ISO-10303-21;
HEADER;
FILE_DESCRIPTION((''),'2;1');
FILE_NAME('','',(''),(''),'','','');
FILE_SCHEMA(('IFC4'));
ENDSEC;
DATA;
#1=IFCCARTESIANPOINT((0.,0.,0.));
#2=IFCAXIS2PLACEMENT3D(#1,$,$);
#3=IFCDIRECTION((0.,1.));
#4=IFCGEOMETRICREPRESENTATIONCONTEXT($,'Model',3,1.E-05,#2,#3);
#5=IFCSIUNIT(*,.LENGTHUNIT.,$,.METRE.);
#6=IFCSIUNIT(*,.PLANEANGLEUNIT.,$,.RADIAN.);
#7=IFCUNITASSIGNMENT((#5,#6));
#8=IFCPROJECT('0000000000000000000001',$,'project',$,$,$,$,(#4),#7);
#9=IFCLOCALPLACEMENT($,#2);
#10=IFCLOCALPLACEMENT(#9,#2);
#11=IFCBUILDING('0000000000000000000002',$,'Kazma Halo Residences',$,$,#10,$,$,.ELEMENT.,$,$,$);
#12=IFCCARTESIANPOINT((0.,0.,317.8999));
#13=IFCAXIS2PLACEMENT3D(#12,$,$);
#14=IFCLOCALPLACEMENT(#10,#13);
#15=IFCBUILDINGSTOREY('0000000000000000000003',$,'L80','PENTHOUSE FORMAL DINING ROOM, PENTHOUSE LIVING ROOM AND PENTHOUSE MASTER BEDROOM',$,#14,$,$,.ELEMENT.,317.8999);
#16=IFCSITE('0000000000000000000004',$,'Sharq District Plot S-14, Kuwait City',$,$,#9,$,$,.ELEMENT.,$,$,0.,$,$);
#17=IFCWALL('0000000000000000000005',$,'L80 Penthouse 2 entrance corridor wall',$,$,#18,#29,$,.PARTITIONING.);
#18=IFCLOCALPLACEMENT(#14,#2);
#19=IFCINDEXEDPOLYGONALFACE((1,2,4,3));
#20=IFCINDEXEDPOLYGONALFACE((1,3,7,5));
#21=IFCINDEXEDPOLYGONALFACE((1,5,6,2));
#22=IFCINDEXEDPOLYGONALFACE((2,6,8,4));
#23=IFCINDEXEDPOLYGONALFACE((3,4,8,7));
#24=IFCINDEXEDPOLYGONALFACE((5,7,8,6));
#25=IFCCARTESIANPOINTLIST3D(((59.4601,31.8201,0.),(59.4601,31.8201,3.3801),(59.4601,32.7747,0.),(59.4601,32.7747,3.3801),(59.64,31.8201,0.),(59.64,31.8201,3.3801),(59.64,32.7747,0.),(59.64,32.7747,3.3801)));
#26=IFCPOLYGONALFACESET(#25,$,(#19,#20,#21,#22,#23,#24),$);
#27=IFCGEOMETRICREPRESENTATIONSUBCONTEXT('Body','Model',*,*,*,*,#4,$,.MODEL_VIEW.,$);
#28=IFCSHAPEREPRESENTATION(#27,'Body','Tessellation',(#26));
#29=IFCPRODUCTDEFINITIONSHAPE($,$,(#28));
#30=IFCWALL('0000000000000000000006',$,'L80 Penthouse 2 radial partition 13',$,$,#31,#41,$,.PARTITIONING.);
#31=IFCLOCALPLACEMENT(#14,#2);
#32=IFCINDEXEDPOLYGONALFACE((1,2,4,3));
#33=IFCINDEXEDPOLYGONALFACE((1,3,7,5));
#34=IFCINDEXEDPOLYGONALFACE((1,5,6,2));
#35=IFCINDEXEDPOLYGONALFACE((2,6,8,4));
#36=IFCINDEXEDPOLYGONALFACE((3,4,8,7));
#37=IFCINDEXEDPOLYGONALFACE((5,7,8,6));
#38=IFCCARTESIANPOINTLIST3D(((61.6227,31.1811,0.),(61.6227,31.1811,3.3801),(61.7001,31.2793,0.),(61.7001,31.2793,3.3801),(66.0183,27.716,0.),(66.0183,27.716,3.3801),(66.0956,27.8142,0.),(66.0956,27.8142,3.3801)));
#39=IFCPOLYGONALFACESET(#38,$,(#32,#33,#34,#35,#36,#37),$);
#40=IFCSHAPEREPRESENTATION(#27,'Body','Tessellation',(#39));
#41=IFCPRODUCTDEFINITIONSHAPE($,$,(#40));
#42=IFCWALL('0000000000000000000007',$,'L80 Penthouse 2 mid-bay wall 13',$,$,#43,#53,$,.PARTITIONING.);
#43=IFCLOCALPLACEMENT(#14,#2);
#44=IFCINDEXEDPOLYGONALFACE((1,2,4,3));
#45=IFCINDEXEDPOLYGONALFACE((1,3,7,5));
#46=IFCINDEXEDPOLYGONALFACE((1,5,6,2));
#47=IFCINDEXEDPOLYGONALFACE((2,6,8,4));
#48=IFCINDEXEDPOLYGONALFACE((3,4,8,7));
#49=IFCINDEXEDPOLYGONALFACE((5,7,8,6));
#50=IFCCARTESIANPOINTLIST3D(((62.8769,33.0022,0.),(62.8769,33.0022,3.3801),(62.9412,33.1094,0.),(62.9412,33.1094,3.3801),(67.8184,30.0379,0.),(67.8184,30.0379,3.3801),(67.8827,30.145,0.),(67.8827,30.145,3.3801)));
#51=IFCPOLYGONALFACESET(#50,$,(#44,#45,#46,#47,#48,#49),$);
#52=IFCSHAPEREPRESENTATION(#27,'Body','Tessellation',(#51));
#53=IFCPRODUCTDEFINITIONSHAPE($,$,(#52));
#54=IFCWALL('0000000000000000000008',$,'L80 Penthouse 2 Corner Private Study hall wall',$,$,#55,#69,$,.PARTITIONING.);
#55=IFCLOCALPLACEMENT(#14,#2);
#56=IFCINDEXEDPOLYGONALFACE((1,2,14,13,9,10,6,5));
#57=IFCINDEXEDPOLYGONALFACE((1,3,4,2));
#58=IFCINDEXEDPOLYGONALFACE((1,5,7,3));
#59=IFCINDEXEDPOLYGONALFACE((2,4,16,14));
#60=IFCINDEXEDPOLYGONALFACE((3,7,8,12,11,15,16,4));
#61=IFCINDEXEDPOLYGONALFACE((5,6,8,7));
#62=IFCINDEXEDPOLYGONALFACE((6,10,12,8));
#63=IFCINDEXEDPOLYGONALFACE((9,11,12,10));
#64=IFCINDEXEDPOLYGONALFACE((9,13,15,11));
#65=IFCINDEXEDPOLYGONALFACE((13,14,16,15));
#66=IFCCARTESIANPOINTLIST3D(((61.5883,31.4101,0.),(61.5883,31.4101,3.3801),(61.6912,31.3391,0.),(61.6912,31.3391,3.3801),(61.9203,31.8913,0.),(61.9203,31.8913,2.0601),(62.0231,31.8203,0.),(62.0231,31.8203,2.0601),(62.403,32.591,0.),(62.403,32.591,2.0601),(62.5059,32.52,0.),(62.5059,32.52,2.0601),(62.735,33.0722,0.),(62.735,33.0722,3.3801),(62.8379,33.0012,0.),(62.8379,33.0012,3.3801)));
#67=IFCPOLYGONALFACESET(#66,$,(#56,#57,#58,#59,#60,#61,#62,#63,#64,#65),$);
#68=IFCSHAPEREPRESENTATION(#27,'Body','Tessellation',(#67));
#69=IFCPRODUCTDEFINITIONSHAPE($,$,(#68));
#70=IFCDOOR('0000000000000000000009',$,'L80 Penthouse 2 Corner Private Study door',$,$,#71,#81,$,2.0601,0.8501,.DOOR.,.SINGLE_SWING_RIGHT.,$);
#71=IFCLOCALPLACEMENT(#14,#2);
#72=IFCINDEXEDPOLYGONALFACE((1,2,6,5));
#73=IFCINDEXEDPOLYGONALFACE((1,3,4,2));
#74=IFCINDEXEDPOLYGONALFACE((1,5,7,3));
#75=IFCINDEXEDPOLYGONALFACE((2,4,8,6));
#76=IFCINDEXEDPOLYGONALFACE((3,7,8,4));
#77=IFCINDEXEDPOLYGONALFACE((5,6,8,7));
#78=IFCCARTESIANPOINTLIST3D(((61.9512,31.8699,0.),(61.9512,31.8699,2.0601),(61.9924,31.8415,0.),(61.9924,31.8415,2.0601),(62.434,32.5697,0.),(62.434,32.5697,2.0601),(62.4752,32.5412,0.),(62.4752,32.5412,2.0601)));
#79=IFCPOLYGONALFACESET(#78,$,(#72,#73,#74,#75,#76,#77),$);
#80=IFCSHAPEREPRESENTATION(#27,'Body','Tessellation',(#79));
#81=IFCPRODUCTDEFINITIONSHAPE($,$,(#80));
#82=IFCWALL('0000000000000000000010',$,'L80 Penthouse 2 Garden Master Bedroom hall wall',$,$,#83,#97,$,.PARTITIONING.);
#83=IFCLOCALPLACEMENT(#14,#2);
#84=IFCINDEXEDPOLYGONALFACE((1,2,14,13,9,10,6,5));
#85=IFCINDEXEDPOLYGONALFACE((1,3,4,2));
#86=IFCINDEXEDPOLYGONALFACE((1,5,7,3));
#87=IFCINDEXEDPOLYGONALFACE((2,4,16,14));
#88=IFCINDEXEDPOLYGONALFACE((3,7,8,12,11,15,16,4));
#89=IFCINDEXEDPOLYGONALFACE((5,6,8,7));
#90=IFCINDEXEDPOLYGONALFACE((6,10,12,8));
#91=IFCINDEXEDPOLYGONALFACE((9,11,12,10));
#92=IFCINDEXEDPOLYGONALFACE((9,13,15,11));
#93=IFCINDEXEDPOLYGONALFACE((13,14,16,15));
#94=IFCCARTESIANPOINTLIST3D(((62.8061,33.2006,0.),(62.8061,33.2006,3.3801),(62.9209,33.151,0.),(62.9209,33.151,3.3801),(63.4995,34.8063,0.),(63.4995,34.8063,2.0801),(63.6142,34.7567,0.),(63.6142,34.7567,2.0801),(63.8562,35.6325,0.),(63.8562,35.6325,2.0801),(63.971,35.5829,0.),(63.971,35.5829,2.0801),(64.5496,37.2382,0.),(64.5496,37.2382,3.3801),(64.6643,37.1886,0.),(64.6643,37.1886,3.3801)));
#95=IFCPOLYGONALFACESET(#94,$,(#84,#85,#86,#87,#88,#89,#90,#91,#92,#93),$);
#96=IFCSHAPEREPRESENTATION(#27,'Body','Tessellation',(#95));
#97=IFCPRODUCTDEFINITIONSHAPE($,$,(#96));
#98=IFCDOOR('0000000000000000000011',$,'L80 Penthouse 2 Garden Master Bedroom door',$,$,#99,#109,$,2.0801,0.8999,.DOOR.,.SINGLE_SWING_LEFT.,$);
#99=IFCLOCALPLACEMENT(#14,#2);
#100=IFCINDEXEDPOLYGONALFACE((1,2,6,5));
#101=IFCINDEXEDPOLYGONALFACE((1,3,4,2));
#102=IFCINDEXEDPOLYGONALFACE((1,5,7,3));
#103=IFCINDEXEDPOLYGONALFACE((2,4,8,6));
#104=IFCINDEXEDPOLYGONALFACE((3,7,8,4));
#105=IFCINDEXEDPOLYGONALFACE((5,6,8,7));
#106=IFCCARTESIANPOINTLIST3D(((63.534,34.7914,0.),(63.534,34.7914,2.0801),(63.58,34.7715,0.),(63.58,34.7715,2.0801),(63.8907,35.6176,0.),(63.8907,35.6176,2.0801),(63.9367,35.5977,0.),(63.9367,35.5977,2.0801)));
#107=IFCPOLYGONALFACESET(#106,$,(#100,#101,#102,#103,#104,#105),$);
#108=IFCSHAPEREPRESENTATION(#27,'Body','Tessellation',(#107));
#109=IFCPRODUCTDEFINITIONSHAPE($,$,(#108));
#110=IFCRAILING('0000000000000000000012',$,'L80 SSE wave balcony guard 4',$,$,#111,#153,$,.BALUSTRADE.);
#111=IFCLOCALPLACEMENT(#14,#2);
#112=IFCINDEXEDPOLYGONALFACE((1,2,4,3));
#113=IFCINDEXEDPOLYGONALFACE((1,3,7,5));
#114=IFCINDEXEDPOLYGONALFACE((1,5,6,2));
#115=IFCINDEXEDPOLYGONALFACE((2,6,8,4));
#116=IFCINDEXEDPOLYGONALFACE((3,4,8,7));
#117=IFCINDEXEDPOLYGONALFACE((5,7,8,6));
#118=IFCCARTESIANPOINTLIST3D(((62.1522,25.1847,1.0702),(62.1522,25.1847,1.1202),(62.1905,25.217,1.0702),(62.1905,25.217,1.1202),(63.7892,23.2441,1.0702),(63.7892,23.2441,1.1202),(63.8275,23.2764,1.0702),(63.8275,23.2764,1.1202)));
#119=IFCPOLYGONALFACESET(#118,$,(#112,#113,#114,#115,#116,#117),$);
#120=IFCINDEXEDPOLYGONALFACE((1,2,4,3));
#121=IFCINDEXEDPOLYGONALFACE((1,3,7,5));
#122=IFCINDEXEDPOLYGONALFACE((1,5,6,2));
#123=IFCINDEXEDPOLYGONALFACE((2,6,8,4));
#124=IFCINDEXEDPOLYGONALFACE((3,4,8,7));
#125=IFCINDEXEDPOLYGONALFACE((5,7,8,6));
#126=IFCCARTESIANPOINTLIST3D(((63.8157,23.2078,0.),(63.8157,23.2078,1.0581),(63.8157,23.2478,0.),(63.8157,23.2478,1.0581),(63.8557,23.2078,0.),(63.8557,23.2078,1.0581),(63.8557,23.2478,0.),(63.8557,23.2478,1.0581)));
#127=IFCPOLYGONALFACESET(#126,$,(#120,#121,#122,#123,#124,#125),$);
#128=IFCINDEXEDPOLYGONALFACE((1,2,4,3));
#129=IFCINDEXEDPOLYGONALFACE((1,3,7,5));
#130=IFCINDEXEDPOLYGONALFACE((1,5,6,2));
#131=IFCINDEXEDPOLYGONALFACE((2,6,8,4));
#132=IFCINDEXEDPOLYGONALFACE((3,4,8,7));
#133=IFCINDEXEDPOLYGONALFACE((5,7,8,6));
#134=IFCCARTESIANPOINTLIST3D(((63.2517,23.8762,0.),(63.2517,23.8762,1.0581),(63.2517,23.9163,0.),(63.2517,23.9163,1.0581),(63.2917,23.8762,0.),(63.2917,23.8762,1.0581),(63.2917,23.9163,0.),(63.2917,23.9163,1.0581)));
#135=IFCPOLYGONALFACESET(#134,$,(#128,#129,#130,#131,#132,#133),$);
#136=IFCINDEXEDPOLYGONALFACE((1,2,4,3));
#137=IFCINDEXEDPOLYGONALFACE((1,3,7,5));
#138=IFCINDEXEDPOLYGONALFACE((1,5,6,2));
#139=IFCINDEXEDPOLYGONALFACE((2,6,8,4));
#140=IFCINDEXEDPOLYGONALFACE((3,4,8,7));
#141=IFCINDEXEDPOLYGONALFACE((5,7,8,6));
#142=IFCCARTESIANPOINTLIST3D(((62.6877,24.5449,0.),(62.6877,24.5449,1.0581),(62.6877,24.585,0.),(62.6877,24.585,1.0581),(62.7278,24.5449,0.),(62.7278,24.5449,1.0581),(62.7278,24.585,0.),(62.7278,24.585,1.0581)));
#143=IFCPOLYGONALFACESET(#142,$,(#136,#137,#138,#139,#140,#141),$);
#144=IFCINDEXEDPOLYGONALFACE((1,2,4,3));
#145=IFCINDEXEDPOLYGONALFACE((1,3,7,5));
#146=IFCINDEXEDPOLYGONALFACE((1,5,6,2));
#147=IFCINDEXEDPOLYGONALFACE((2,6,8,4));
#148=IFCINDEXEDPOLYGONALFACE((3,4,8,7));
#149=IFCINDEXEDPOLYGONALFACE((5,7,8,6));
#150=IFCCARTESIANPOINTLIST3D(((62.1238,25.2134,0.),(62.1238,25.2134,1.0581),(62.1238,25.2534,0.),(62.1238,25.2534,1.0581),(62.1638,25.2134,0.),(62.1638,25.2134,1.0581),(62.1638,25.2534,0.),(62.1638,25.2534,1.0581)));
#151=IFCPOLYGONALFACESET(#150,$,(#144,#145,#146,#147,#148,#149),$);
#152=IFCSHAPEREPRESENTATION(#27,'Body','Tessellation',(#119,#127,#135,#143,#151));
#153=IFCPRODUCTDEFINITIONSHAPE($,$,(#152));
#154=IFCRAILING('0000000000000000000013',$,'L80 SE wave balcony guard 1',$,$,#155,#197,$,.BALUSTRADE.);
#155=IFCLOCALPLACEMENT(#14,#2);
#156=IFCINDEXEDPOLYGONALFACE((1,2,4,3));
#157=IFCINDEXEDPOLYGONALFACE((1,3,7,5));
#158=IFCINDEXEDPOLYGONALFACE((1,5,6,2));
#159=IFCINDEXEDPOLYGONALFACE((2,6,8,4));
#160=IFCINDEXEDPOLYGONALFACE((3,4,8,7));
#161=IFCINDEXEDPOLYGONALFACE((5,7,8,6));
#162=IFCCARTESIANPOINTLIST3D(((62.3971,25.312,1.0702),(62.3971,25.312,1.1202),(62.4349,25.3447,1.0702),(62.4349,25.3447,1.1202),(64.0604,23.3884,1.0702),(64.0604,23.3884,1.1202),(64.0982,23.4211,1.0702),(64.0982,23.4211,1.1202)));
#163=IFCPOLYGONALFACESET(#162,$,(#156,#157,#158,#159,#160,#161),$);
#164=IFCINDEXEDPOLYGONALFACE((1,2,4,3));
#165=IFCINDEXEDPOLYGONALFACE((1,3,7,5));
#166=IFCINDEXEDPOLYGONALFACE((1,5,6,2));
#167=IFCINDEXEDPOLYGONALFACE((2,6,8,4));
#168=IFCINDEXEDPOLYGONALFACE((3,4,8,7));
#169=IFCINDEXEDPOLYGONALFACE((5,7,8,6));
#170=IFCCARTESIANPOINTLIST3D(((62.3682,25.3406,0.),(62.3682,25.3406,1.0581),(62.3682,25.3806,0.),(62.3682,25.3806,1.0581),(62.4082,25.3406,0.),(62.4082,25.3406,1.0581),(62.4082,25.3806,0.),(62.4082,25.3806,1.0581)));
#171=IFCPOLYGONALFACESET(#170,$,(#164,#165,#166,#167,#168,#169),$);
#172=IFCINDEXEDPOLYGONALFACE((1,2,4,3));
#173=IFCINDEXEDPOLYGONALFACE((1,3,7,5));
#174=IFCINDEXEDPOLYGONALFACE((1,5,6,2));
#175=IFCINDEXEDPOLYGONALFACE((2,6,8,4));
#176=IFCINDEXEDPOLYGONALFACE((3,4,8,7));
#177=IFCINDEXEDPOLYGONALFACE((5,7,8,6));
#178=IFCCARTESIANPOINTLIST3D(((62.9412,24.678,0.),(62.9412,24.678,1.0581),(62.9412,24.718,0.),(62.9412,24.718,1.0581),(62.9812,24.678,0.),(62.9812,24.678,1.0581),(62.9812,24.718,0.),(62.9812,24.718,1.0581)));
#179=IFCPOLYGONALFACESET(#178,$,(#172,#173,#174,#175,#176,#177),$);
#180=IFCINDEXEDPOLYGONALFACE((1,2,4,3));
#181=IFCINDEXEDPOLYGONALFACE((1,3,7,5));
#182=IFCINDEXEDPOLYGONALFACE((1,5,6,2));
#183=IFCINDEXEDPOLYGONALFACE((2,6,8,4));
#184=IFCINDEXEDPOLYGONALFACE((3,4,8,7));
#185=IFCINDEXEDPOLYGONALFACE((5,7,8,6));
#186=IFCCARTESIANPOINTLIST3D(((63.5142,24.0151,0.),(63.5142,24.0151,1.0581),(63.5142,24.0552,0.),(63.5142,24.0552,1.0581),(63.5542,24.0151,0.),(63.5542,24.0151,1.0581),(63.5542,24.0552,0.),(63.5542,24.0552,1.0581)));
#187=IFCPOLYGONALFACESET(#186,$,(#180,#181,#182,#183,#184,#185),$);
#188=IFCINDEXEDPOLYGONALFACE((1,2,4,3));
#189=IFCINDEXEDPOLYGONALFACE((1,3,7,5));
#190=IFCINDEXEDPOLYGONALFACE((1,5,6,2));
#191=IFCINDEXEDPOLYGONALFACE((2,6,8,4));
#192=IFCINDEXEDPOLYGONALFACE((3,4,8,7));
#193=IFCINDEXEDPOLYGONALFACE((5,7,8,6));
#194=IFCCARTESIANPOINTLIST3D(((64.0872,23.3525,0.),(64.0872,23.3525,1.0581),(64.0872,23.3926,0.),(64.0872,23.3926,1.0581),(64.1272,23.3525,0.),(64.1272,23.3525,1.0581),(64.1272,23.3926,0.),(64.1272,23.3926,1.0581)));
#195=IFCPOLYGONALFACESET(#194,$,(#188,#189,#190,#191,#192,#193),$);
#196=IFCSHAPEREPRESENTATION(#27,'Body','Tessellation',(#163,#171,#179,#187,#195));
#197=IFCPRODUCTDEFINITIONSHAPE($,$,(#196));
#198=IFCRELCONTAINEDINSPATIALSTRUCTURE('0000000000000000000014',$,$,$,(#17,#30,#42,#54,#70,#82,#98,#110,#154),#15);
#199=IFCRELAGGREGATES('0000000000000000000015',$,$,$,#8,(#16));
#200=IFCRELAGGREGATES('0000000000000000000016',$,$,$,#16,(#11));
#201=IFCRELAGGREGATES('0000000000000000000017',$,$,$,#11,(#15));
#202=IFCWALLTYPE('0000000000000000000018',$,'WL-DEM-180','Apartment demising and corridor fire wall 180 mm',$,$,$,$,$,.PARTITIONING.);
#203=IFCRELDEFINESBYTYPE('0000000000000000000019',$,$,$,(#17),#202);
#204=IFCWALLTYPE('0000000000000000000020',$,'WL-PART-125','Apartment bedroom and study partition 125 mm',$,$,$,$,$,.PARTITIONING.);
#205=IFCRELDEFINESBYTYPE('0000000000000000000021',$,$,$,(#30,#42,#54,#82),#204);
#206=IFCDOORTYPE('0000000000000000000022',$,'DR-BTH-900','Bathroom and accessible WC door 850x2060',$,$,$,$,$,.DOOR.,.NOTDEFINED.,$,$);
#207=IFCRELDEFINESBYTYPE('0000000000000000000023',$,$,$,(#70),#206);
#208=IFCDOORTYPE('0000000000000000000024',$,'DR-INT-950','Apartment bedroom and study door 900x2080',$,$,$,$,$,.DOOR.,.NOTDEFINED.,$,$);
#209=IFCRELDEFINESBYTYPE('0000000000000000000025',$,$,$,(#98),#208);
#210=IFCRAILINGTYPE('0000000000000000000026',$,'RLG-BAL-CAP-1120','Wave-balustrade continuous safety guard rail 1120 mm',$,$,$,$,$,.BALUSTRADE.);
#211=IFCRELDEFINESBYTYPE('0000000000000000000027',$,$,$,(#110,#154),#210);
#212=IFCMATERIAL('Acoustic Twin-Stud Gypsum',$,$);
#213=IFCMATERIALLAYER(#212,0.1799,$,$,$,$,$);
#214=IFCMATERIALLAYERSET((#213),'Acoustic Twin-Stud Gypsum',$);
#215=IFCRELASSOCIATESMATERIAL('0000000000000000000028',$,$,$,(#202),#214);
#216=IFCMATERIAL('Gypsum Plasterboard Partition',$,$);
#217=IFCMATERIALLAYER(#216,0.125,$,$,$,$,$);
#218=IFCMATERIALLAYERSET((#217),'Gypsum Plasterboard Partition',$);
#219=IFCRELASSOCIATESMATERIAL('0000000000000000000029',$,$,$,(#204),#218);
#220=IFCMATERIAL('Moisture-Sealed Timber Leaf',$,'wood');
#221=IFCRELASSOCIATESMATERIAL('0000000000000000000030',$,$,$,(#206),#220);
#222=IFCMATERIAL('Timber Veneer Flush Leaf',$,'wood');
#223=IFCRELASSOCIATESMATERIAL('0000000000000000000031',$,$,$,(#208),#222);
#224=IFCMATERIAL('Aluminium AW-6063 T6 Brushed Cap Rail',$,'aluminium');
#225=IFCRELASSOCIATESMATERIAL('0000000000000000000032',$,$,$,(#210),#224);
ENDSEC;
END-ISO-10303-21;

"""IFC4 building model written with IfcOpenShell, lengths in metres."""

from ifc_helpers import new_model, si_unit, direction, frame, frame_2d, origin, origin_2d, place, context, subcontext, project, spatial, rectangle, extrude, material, layer, layer_set, type_object, element, fill, save


model = new_model("IFC4")

# Units and contexts
model_context = context("Model", 3, precision=1e-05, world=origin(), true_north=direction((0.0, 1.0)))
body_context = subcontext(model_context, "Body", "Model", "MODEL_VIEW")
ifc_project = project(units=[si_unit("LENGTHUNIT", "METRE"), si_unit("PLANEANGLEUNIT", "RADIAN")], contexts=[model_context])

# Site, building, storey
site_placement = place(None, origin())
site = spatial("IfcSite", under=ifc_project, at=site_placement, Name="Sharq District Plot S-14, Kuwait City", CompositionType="ELEMENT", RefElevation=0.0)
building_placement = place(site_placement, origin())
building = spatial("IfcBuilding", under=site, at=building_placement, Name="Kazma Halo Residences", CompositionType="ELEMENT")
storey_placement = place(building_placement, frame((0.0, 0.0, 317.8999)))
storey = spatial("IfcBuildingStorey", under=building, at=storey_placement, Name="L80", Description="PENTHOUSE FORMAL DINING ROOM, PENTHOUSE LIVING ROOM AND PENTHOUSE MASTER BEDROOM", CompositionType="ELEMENT", Elevation=317.8999)

# Wall
ifc_material_1 = material(Name="Acoustic Twin-Stud Gypsum")
ifc_layer_1 = layer(ifc_material_1, 0.1799)
ifc_layer_set_1 = layer_set([ifc_layer_1], Name="Acoustic Twin-Stud Gypsum")
wall_type_1 = type_object("IfcWallType", Name="WL-DEM-180", Description="Apartment demising and corridor fire wall 180 mm", PredefinedType="PARTITIONING", material=ifc_layer_set_1)
wall_1_placement = place(storey_placement, frame((59.55, 31.8201, 0.0), z_axis=(0.0, 0.0, 1.0), x_axis=(0.0, 1.0, 0.0)))
element("IfcWall", 1, at=wall_1_placement, inside=storey, type_object=wall_type_1, Name="L80 Penthouse 2 entrance corridor wall", PredefinedType="PARTITIONING", context=body_context, shape_type="SweptSolid", body=[
    extrude(rectangle(XDim=0.9546, YDim=0.1799, at=frame_2d((0.4773, 0.0))), origin(), (0.0, 0.0, 1.0), 3.3801),
])

# Walls
ifc_material_2 = material(Name="Gypsum Plasterboard Partition")
ifc_layer_2 = layer(ifc_material_2, 0.125)
ifc_layer_set_2 = layer_set([ifc_layer_2], Name="Gypsum Plasterboard Partition")
wall_type_2 = type_object("IfcWallType", Name="WL-PART-125", Description="Apartment bedroom and study partition 125 mm", PredefinedType="PARTITIONING", material=ifc_layer_set_2)
wall_2_placement = place(storey_placement, frame((61.6614, 31.2302, 0.0), z_axis=(0.0, 0.0, 1.0), x_axis=(0.785321, -0.619088, 0.0)))
element("IfcWall", 2, at=wall_2_placement, inside=storey, type_object=wall_type_2, Name="L80 Penthouse 2 radial partition 13", PredefinedType="PARTITIONING", context=body_context, shape_type="SweptSolid", body=[
    extrude(rectangle(XDim=5.5972, YDim=0.125, at=frame_2d((2.7986, 0.0))), origin(), (0.0, 0.0, 1.0), 3.3801),
])
wall_3_placement = place(storey_placement, frame((62.9089, 33.0559, 0.0), z_axis=(0.0, 0.0, 1.0), x_axis=(0.85753, -0.514433, 0.0)))
element("IfcWall", 3, at=wall_3_placement, inside=storey, type_object=wall_type_2, Name="L80 Penthouse 2 mid-bay wall 13", PredefinedType="PARTITIONING", context=body_context, shape_type="SweptSolid", body=[
    extrude(rectangle(XDim=5.7625, YDim=0.125, at=frame_2d((2.8813, 0.0))), origin(), (0.0, 0.0, 1.0), 3.3801),
])

# Walls, openings, doors
wall_4_placement = place(storey_placement, frame((61.6396, 31.3745, 0.0), z_axis=(0.0, 0.0, 1.0), x_axis=(0.567883, 0.82311, 0.0)))
wall_4 = element("IfcWall", 4, at=wall_4_placement, inside=storey, type_object=wall_type_2, Name="L80 Penthouse 2 Corner Private Study hall wall", PredefinedType="PARTITIONING", context=body_context, shape_type="SweptSolid", body=[
    extrude(rectangle(XDim=2.0193, YDim=0.125, at=frame_2d((1.0098, 0.0))), origin(), (0.0, 0.0, 1.0), 3.3801),
])
opening_1_placement = place(wall_4_placement, frame((0.5847, 0.0, 0.0)))
opening_1 = element("IfcOpeningElement", 5, at=opening_1_placement, cuts=wall_4, PredefinedType="OPENING", context=body_context, shape_type="SweptSolid", body=[
    extrude(rectangle(XDim=0.8501, YDim=2.0601, at=frame_2d((0.425, 1.03))), frame((0.0, 0.0725, 0.0), z_axis=(0.0, -1.0, 0.0), x_axis=(1.0, 0.0, 0.0)), (0.0, 0.0, 1.0), 0.145),
])
ifc_material_3 = material(Name="Moisture-Sealed Timber Leaf", Category="wood")
door_type_1 = type_object("IfcDoorType", Name="DR-BTH-900", Description="Bathroom and accessible WC door 850x2060", OperationType="NOTDEFINED", PredefinedType="DOOR", material=ifc_material_3)
door_1_placement = place(opening_1_placement, origin())
door_1 = element("IfcDoor", 6, at=door_1_placement, inside=storey, type_object=door_type_1, Name="L80 Penthouse 2 Corner Private Study door", OperationType="SINGLE_SWING_RIGHT", OverallHeight=2.0601, OverallWidth=0.8501, PredefinedType="DOOR", context=body_context, shape_type="SweptSolid", body=[
    extrude(rectangle(XDim=0.8501, YDim=2.0601, at=frame_2d((0.425, 1.03))), frame((0.0, 0.0249, 0.0), z_axis=(0.0, -1.0, 0.0), x_axis=(1.0, 0.0, 0.0)), (0.0, 0.0, 1.0), 0.05),
])
fill(opening_1, door_1)
wall_5_placement = place(storey_placement, frame((62.8635, 33.1758, 0.0), z_axis=(0.0, 0.0, 1.0), x_axis=(0.396417, 0.918071, 0.0)))
wall_5 = element("IfcWall", 7, at=wall_5_placement, inside=storey, type_object=wall_type_2, Name="L80 Penthouse 2 Garden Master Bedroom hall wall", PredefinedType="PARTITIONING", context=body_context, shape_type="SweptSolid", body=[
    extrude(rectangle(XDim=4.3979, YDim=0.125, at=frame_2d((2.199, 0.0))), origin(), (0.0, 0.0, 1.0), 3.3801),
])
opening_2_placement = place(wall_5_placement, frame((1.749, 0.0, 0.0)))
opening_2 = element("IfcOpeningElement", 8, at=opening_2_placement, cuts=wall_5, PredefinedType="OPENING", context=body_context, shape_type="SweptSolid", body=[
    extrude(rectangle(XDim=0.8999, YDim=2.0801, at=frame_2d((0.45, 1.04))), frame((0.0, 0.0725, 0.0), z_axis=(0.0, -1.0, 0.0), x_axis=(1.0, 0.0, 0.0)), (0.0, 0.0, 1.0), 0.145),
])
ifc_material_4 = material(Name="Timber Veneer Flush Leaf", Category="wood")
door_type_2 = type_object("IfcDoorType", Name="DR-INT-950", Description="Apartment bedroom and study door 900x2080", OperationType="NOTDEFINED", PredefinedType="DOOR", material=ifc_material_4)
door_2_placement = place(opening_2_placement, origin())
door_2 = element("IfcDoor", 9, at=door_2_placement, inside=storey, type_object=door_type_2, Name="L80 Penthouse 2 Garden Master Bedroom door", OperationType="SINGLE_SWING_LEFT", OverallHeight=2.0801, OverallWidth=0.8999, PredefinedType="DOOR", context=body_context, shape_type="SweptSolid", body=[
    extrude(rectangle(XDim=0.8999, YDim=2.0801, at=frame_2d((0.45, 1.04))), frame((0.0, 0.0249, 0.0), z_axis=(0.0, -1.0, 0.0), x_axis=(1.0, 0.0, 0.0)), (0.0, 0.0, 1.0), 0.05),
])
fill(opening_2, door_2)

# Railings
ifc_material_5 = material(Name="Aluminium AW-6063 T6 Brushed Cap Rail", Category="aluminium")
railing_type = type_object("IfcRailingType", Name="RLG-BAL-CAP-1120", Description="Wave-balustrade continuous safety guard rail 1120 mm", PredefinedType="BALUSTRADE", material=ifc_material_5)
railing_1_placement = place(storey_placement, frame((63.8357, 23.2278, 0.0)))
element("IfcRailing", 10, at=railing_1_placement, inside=storey, type_object=railing_type, Name="L80 SSE wave balcony guard 4", PredefinedType="BALUSTRADE", context=body_context, shape_type="SweptSolid", body=[
    extrude(rectangle(XDim=0.05, YDim=0.05, at=origin_2d()), frame((-0.0273, 0.0325, 1.0952), z_axis=(-0.644795, 0.764356, 0.0), x_axis=(-0.764356, -0.644795, 0.0)), (0.0, 0.0, 1.0), 2.5388),
    extrude(rectangle(XDim=0.04, YDim=0.04, at=origin_2d()), origin(), (0.0, 0.0, 1.0), 1.0581),
    extrude(rectangle(XDim=0.04, YDim=0.04, at=origin_2d()), frame((-0.564, 0.6685, 0.0)), (0.0, 0.0, 1.0), 1.0581),
    extrude(rectangle(XDim=0.04, YDim=0.04, at=origin_2d()), frame((-1.1279, 1.3372, 0.0)), (0.0, 0.0, 1.0), 1.0581),
    extrude(rectangle(XDim=0.04, YDim=0.04, at=origin_2d()), frame((-1.6919, 2.0056, 0.0)), (0.0, 0.0, 1.0), 1.0581),
])
railing_2_placement = place(storey_placement, frame((62.3882, 25.3606, 0.0)))
element("IfcRailing", 11, at=railing_2_placement, inside=storey, type_object=railing_type, Name="L80 SE wave balcony guard 1", PredefinedType="BALUSTRADE", context=body_context, shape_type="SweptSolid", body=[
    extrude(rectangle(XDim=0.05, YDim=0.05, at=origin_2d()), frame((0.0278, -0.0322, 1.0952), z_axis=(0.654067, -0.756436, 0.0), x_axis=(0.756436, 0.654067, 0.0)), (0.0, 0.0, 1.0), 2.543),
    extrude(rectangle(XDim=0.04, YDim=0.04, at=origin_2d()), origin(), (0.0, 0.0, 1.0), 1.0581),
    extrude(rectangle(XDim=0.04, YDim=0.04, at=origin_2d()), frame((0.573, -0.6626, 0.0)), (0.0, 0.0, 1.0), 1.0581),
    extrude(rectangle(XDim=0.04, YDim=0.04, at=origin_2d()), frame((1.146, -1.3254, 0.0)), (0.0, 0.0, 1.0), 1.0581),
    extrude(rectangle(XDim=0.04, YDim=0.04, at=origin_2d()), frame((1.719, -1.988, 0.0)), (0.0, 0.0, 1.0), 1.0581),
])

save(model, "model.ifc")
